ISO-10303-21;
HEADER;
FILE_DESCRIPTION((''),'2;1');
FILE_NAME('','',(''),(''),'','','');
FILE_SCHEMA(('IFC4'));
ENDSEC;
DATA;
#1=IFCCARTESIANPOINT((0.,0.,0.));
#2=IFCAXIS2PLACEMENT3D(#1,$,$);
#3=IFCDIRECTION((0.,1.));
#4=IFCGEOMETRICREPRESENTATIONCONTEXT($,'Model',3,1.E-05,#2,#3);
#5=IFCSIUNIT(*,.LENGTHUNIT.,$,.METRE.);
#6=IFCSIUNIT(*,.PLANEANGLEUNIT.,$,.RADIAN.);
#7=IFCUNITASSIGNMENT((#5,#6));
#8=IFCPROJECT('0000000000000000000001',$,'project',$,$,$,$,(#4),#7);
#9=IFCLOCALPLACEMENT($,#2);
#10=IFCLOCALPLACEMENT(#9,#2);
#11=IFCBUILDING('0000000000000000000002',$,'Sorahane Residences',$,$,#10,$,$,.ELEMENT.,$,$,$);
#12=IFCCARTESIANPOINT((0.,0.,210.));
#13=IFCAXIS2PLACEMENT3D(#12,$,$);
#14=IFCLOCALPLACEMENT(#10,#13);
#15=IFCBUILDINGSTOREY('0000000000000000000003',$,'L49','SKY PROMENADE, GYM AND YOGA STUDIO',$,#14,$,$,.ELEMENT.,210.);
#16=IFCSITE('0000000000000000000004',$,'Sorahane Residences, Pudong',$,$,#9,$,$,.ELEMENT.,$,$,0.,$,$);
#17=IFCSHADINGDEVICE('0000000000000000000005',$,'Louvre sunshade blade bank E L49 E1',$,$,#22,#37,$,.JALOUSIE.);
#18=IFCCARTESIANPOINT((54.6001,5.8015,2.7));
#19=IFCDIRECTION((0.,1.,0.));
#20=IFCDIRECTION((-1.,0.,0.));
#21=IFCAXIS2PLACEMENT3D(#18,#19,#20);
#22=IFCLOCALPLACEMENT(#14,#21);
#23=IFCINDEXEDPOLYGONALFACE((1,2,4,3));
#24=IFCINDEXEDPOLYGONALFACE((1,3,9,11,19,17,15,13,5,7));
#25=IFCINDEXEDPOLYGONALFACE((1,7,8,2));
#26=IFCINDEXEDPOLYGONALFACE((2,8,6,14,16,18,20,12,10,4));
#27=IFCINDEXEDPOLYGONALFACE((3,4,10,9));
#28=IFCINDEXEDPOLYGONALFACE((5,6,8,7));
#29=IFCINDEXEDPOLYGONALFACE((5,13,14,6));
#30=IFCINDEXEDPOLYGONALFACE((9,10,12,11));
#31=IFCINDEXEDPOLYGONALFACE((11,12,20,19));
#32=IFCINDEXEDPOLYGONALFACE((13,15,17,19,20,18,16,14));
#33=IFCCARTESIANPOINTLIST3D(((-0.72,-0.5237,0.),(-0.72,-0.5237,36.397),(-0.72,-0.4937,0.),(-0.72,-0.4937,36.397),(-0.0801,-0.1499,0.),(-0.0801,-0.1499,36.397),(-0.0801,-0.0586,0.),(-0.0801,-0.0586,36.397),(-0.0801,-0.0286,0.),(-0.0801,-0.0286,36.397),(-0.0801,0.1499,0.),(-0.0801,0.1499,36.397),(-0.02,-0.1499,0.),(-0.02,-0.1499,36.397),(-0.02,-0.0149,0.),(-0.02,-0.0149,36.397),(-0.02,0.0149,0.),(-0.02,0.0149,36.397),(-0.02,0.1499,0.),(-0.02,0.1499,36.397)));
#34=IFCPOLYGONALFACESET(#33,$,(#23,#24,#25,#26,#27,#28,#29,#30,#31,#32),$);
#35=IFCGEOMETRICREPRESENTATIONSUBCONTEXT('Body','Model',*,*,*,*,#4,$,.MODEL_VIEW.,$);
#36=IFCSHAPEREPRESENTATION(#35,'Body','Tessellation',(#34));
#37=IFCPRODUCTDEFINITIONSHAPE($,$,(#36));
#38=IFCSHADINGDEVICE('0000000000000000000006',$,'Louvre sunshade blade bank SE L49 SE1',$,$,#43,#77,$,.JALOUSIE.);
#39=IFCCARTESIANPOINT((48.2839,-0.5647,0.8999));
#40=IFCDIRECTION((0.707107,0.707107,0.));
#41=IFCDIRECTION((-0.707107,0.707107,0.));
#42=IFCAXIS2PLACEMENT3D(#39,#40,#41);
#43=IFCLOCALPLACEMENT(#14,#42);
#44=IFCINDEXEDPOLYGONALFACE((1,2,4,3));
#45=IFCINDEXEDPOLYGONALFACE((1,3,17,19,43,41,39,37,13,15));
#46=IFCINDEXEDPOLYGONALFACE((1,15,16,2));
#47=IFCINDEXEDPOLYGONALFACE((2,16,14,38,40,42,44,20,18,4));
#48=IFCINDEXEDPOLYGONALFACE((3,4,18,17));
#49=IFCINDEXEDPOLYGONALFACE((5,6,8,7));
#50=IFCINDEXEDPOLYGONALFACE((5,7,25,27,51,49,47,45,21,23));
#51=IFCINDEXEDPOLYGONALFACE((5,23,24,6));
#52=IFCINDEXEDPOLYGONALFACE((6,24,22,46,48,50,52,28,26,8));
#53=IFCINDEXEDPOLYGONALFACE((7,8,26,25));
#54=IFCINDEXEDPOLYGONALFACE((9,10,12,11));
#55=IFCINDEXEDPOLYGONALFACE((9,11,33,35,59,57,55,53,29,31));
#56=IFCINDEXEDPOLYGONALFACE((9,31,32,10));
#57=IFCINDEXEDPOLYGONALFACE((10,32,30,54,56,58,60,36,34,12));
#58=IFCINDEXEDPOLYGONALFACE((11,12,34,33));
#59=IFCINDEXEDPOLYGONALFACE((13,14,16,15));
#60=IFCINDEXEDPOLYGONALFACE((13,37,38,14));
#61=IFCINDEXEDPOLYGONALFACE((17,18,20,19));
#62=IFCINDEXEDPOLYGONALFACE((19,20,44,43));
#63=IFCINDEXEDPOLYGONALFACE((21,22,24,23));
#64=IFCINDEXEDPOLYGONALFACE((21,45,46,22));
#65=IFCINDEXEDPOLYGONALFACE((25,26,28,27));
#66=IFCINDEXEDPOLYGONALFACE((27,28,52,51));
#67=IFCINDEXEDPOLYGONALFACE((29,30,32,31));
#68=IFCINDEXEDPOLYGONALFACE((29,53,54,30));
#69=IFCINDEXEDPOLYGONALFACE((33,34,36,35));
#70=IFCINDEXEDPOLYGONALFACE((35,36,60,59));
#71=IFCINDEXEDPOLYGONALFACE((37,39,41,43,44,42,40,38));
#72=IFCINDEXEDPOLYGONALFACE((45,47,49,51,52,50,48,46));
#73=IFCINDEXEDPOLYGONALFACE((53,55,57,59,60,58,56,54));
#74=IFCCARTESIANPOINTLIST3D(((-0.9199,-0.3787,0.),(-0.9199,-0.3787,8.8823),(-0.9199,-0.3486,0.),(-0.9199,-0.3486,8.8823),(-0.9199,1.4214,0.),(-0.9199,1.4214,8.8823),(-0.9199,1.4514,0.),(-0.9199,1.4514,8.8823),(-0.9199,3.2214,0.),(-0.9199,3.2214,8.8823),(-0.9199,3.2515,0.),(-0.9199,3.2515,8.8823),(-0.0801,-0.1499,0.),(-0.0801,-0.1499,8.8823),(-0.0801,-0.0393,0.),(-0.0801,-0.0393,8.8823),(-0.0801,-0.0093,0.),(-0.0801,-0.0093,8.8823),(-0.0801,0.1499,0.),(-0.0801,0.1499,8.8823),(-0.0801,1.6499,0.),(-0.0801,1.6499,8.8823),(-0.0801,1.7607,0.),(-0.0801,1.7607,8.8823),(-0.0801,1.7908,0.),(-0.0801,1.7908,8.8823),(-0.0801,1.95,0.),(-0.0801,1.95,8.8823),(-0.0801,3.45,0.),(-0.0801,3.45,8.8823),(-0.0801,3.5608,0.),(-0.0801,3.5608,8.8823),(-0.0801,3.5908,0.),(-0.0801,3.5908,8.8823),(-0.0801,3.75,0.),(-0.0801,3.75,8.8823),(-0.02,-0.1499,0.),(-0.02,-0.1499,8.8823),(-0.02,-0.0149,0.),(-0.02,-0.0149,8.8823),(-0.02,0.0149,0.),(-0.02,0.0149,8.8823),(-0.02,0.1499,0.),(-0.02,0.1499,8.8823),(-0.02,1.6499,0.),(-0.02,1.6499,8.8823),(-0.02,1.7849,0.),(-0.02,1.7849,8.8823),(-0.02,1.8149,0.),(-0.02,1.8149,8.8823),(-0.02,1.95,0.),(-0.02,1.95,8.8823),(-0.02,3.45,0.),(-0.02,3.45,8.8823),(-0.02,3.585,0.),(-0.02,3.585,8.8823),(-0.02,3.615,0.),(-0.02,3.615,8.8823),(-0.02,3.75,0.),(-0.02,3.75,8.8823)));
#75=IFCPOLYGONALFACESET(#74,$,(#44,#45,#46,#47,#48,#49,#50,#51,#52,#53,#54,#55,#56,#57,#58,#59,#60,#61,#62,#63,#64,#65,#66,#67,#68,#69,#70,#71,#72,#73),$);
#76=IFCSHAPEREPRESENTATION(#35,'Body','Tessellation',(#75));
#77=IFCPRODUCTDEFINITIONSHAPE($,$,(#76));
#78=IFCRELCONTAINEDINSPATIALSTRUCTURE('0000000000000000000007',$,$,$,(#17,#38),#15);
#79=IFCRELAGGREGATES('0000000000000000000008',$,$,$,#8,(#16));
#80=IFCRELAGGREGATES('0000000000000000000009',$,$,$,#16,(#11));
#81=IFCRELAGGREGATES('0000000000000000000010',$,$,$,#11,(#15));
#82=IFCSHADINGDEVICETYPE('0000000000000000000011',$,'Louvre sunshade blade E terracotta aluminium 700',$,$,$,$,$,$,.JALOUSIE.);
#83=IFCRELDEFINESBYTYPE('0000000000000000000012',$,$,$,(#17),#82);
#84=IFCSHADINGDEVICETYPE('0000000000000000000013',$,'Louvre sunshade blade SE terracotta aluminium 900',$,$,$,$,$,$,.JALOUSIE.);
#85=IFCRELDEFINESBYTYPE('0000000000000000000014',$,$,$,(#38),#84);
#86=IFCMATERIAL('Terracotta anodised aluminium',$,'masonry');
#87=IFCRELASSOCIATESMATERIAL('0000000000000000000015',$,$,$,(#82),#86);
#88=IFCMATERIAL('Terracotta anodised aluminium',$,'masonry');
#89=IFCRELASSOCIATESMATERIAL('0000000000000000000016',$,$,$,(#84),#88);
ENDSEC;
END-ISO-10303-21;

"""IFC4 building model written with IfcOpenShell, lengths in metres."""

from ifc_helpers import new_model, si_unit, direction, frame, origin, place, context, subcontext, project, spatial, polyline, outline, composite_profile, extrude, material, type_object, element, save


model = new_model("IFC4")

# Units and contexts
model_context = context("Model", 3, precision=1e-05, world=origin(), true_north=direction((0.0, 1.0)))
body_context = subcontext(model_context, "Body", "Model", "MODEL_VIEW")
ifc_project = project(units=[si_unit("LENGTHUNIT", "METRE"), si_unit("PLANEANGLEUNIT", "RADIAN")], contexts=[model_context])

# Site, building, storey
site_placement = place(None, origin())
site = spatial("IfcSite", under=ifc_project, at=site_placement, Name="Sorahane Residences, Pudong", CompositionType="ELEMENT", RefElevation=0.0)
building_placement = place(site_placement, origin())
building = spatial("IfcBuilding", under=site, at=building_placement, Name="Sorahane Residences", CompositionType="ELEMENT")
storey_placement = place(building_placement, frame((0.0, 0.0, 210.0)))
storey = spatial("IfcBuildingStorey", under=building, at=storey_placement, Name="L49", Description="SKY PROMENADE, GYM AND YOGA STUDIO", CompositionType="ELEMENT", Elevation=210.0)

# Shading devices
ifc_material_1 = material(Name="Terracotta anodised aluminium", Category="masonry")
shading_device_type_1 = type_object("IfcShadingDeviceType", Name="Louvre sunshade blade E terracotta aluminium 700", PredefinedType="JALOUSIE", material=ifc_material_1)
shading_device_1_placement = place(storey_placement, frame((54.6001, 5.8015, 2.7), z_axis=(0.0, 1.0, 0.0), x_axis=(-1.0, 0.0, 0.0)))
element("IfcShadingDevice", 1, at=shading_device_1_placement, inside=storey, type_object=shading_device_type_1, Name="Louvre sunshade blade bank E L49 E1", PredefinedType="JALOUSIE", context=body_context, shape_type="SweptSolid", body=[
    extrude(outline(polyline([(-0.72, -0.4937), (-0.72, -0.5237), (-0.0801, -0.0586), (-0.0801, -0.1499), (-0.02, -0.1499), (-0.02, -0.0149), (-0.02, 0.0149), (-0.02, 0.1499), (-0.0801, 0.1499), (-0.0801, -0.0286), (-0.72, -0.4937)])), origin(), (0.0, 0.0, 1.0), 36.397),
])
ifc_material_2 = material(Name="Terracotta anodised aluminium", Category="masonry")
shading_device_type_2 = type_object("IfcShadingDeviceType", Name="Louvre sunshade blade SE terracotta aluminium 900", PredefinedType="JALOUSIE", material=ifc_material_2)
shading_device_2_placement = place(storey_placement, frame((48.2839, -0.5647, 0.8999), z_axis=(0.707107, 0.707107, 0.0), x_axis=(-0.707107, 0.707107, 0.0)))
element("IfcShadingDevice", 2, at=shading_device_2_placement, inside=storey, type_object=shading_device_type_2, Name="Louvre sunshade blade bank SE L49 SE1", PredefinedType="JALOUSIE", context=body_context, shape_type="SweptSolid", body=[
    extrude(composite_profile([outline(polyline([(-0.9199, -0.3486), (-0.9199, -0.3787), (-0.0801, -0.0393), (-0.0801, -0.1499), (-0.02, -0.1499), (-0.02, -0.0149), (-0.02, 0.0149), (-0.02, 0.1499), (-0.0801, 0.1499), (-0.0801, -0.0093), (-0.9199, -0.3486)])), outline(polyline([(-0.9199, 1.4514), (-0.9199, 1.4214), (-0.0801, 1.7607), (-0.0801, 1.6499), (-0.02, 1.6499), (-0.02, 1.7849), (-0.02, 1.8149), (-0.02, 1.95), (-0.0801, 1.95), (-0.0801, 1.7908), (-0.9199, 1.4514)])), outline(polyline([(-0.9199, 3.2515), (-0.9199, 3.2214), (-0.0801, 3.5608), (-0.0801, 3.45), (-0.02, 3.45), (-0.02, 3.585), (-0.02, 3.615), (-0.02, 3.75), (-0.0801, 3.75), (-0.0801, 3.5908), (-0.9199, 3.2515)]))]), origin(), (0.0, 0.0, 1.0), 8.8823),
])

save(model, "model.ifc")
